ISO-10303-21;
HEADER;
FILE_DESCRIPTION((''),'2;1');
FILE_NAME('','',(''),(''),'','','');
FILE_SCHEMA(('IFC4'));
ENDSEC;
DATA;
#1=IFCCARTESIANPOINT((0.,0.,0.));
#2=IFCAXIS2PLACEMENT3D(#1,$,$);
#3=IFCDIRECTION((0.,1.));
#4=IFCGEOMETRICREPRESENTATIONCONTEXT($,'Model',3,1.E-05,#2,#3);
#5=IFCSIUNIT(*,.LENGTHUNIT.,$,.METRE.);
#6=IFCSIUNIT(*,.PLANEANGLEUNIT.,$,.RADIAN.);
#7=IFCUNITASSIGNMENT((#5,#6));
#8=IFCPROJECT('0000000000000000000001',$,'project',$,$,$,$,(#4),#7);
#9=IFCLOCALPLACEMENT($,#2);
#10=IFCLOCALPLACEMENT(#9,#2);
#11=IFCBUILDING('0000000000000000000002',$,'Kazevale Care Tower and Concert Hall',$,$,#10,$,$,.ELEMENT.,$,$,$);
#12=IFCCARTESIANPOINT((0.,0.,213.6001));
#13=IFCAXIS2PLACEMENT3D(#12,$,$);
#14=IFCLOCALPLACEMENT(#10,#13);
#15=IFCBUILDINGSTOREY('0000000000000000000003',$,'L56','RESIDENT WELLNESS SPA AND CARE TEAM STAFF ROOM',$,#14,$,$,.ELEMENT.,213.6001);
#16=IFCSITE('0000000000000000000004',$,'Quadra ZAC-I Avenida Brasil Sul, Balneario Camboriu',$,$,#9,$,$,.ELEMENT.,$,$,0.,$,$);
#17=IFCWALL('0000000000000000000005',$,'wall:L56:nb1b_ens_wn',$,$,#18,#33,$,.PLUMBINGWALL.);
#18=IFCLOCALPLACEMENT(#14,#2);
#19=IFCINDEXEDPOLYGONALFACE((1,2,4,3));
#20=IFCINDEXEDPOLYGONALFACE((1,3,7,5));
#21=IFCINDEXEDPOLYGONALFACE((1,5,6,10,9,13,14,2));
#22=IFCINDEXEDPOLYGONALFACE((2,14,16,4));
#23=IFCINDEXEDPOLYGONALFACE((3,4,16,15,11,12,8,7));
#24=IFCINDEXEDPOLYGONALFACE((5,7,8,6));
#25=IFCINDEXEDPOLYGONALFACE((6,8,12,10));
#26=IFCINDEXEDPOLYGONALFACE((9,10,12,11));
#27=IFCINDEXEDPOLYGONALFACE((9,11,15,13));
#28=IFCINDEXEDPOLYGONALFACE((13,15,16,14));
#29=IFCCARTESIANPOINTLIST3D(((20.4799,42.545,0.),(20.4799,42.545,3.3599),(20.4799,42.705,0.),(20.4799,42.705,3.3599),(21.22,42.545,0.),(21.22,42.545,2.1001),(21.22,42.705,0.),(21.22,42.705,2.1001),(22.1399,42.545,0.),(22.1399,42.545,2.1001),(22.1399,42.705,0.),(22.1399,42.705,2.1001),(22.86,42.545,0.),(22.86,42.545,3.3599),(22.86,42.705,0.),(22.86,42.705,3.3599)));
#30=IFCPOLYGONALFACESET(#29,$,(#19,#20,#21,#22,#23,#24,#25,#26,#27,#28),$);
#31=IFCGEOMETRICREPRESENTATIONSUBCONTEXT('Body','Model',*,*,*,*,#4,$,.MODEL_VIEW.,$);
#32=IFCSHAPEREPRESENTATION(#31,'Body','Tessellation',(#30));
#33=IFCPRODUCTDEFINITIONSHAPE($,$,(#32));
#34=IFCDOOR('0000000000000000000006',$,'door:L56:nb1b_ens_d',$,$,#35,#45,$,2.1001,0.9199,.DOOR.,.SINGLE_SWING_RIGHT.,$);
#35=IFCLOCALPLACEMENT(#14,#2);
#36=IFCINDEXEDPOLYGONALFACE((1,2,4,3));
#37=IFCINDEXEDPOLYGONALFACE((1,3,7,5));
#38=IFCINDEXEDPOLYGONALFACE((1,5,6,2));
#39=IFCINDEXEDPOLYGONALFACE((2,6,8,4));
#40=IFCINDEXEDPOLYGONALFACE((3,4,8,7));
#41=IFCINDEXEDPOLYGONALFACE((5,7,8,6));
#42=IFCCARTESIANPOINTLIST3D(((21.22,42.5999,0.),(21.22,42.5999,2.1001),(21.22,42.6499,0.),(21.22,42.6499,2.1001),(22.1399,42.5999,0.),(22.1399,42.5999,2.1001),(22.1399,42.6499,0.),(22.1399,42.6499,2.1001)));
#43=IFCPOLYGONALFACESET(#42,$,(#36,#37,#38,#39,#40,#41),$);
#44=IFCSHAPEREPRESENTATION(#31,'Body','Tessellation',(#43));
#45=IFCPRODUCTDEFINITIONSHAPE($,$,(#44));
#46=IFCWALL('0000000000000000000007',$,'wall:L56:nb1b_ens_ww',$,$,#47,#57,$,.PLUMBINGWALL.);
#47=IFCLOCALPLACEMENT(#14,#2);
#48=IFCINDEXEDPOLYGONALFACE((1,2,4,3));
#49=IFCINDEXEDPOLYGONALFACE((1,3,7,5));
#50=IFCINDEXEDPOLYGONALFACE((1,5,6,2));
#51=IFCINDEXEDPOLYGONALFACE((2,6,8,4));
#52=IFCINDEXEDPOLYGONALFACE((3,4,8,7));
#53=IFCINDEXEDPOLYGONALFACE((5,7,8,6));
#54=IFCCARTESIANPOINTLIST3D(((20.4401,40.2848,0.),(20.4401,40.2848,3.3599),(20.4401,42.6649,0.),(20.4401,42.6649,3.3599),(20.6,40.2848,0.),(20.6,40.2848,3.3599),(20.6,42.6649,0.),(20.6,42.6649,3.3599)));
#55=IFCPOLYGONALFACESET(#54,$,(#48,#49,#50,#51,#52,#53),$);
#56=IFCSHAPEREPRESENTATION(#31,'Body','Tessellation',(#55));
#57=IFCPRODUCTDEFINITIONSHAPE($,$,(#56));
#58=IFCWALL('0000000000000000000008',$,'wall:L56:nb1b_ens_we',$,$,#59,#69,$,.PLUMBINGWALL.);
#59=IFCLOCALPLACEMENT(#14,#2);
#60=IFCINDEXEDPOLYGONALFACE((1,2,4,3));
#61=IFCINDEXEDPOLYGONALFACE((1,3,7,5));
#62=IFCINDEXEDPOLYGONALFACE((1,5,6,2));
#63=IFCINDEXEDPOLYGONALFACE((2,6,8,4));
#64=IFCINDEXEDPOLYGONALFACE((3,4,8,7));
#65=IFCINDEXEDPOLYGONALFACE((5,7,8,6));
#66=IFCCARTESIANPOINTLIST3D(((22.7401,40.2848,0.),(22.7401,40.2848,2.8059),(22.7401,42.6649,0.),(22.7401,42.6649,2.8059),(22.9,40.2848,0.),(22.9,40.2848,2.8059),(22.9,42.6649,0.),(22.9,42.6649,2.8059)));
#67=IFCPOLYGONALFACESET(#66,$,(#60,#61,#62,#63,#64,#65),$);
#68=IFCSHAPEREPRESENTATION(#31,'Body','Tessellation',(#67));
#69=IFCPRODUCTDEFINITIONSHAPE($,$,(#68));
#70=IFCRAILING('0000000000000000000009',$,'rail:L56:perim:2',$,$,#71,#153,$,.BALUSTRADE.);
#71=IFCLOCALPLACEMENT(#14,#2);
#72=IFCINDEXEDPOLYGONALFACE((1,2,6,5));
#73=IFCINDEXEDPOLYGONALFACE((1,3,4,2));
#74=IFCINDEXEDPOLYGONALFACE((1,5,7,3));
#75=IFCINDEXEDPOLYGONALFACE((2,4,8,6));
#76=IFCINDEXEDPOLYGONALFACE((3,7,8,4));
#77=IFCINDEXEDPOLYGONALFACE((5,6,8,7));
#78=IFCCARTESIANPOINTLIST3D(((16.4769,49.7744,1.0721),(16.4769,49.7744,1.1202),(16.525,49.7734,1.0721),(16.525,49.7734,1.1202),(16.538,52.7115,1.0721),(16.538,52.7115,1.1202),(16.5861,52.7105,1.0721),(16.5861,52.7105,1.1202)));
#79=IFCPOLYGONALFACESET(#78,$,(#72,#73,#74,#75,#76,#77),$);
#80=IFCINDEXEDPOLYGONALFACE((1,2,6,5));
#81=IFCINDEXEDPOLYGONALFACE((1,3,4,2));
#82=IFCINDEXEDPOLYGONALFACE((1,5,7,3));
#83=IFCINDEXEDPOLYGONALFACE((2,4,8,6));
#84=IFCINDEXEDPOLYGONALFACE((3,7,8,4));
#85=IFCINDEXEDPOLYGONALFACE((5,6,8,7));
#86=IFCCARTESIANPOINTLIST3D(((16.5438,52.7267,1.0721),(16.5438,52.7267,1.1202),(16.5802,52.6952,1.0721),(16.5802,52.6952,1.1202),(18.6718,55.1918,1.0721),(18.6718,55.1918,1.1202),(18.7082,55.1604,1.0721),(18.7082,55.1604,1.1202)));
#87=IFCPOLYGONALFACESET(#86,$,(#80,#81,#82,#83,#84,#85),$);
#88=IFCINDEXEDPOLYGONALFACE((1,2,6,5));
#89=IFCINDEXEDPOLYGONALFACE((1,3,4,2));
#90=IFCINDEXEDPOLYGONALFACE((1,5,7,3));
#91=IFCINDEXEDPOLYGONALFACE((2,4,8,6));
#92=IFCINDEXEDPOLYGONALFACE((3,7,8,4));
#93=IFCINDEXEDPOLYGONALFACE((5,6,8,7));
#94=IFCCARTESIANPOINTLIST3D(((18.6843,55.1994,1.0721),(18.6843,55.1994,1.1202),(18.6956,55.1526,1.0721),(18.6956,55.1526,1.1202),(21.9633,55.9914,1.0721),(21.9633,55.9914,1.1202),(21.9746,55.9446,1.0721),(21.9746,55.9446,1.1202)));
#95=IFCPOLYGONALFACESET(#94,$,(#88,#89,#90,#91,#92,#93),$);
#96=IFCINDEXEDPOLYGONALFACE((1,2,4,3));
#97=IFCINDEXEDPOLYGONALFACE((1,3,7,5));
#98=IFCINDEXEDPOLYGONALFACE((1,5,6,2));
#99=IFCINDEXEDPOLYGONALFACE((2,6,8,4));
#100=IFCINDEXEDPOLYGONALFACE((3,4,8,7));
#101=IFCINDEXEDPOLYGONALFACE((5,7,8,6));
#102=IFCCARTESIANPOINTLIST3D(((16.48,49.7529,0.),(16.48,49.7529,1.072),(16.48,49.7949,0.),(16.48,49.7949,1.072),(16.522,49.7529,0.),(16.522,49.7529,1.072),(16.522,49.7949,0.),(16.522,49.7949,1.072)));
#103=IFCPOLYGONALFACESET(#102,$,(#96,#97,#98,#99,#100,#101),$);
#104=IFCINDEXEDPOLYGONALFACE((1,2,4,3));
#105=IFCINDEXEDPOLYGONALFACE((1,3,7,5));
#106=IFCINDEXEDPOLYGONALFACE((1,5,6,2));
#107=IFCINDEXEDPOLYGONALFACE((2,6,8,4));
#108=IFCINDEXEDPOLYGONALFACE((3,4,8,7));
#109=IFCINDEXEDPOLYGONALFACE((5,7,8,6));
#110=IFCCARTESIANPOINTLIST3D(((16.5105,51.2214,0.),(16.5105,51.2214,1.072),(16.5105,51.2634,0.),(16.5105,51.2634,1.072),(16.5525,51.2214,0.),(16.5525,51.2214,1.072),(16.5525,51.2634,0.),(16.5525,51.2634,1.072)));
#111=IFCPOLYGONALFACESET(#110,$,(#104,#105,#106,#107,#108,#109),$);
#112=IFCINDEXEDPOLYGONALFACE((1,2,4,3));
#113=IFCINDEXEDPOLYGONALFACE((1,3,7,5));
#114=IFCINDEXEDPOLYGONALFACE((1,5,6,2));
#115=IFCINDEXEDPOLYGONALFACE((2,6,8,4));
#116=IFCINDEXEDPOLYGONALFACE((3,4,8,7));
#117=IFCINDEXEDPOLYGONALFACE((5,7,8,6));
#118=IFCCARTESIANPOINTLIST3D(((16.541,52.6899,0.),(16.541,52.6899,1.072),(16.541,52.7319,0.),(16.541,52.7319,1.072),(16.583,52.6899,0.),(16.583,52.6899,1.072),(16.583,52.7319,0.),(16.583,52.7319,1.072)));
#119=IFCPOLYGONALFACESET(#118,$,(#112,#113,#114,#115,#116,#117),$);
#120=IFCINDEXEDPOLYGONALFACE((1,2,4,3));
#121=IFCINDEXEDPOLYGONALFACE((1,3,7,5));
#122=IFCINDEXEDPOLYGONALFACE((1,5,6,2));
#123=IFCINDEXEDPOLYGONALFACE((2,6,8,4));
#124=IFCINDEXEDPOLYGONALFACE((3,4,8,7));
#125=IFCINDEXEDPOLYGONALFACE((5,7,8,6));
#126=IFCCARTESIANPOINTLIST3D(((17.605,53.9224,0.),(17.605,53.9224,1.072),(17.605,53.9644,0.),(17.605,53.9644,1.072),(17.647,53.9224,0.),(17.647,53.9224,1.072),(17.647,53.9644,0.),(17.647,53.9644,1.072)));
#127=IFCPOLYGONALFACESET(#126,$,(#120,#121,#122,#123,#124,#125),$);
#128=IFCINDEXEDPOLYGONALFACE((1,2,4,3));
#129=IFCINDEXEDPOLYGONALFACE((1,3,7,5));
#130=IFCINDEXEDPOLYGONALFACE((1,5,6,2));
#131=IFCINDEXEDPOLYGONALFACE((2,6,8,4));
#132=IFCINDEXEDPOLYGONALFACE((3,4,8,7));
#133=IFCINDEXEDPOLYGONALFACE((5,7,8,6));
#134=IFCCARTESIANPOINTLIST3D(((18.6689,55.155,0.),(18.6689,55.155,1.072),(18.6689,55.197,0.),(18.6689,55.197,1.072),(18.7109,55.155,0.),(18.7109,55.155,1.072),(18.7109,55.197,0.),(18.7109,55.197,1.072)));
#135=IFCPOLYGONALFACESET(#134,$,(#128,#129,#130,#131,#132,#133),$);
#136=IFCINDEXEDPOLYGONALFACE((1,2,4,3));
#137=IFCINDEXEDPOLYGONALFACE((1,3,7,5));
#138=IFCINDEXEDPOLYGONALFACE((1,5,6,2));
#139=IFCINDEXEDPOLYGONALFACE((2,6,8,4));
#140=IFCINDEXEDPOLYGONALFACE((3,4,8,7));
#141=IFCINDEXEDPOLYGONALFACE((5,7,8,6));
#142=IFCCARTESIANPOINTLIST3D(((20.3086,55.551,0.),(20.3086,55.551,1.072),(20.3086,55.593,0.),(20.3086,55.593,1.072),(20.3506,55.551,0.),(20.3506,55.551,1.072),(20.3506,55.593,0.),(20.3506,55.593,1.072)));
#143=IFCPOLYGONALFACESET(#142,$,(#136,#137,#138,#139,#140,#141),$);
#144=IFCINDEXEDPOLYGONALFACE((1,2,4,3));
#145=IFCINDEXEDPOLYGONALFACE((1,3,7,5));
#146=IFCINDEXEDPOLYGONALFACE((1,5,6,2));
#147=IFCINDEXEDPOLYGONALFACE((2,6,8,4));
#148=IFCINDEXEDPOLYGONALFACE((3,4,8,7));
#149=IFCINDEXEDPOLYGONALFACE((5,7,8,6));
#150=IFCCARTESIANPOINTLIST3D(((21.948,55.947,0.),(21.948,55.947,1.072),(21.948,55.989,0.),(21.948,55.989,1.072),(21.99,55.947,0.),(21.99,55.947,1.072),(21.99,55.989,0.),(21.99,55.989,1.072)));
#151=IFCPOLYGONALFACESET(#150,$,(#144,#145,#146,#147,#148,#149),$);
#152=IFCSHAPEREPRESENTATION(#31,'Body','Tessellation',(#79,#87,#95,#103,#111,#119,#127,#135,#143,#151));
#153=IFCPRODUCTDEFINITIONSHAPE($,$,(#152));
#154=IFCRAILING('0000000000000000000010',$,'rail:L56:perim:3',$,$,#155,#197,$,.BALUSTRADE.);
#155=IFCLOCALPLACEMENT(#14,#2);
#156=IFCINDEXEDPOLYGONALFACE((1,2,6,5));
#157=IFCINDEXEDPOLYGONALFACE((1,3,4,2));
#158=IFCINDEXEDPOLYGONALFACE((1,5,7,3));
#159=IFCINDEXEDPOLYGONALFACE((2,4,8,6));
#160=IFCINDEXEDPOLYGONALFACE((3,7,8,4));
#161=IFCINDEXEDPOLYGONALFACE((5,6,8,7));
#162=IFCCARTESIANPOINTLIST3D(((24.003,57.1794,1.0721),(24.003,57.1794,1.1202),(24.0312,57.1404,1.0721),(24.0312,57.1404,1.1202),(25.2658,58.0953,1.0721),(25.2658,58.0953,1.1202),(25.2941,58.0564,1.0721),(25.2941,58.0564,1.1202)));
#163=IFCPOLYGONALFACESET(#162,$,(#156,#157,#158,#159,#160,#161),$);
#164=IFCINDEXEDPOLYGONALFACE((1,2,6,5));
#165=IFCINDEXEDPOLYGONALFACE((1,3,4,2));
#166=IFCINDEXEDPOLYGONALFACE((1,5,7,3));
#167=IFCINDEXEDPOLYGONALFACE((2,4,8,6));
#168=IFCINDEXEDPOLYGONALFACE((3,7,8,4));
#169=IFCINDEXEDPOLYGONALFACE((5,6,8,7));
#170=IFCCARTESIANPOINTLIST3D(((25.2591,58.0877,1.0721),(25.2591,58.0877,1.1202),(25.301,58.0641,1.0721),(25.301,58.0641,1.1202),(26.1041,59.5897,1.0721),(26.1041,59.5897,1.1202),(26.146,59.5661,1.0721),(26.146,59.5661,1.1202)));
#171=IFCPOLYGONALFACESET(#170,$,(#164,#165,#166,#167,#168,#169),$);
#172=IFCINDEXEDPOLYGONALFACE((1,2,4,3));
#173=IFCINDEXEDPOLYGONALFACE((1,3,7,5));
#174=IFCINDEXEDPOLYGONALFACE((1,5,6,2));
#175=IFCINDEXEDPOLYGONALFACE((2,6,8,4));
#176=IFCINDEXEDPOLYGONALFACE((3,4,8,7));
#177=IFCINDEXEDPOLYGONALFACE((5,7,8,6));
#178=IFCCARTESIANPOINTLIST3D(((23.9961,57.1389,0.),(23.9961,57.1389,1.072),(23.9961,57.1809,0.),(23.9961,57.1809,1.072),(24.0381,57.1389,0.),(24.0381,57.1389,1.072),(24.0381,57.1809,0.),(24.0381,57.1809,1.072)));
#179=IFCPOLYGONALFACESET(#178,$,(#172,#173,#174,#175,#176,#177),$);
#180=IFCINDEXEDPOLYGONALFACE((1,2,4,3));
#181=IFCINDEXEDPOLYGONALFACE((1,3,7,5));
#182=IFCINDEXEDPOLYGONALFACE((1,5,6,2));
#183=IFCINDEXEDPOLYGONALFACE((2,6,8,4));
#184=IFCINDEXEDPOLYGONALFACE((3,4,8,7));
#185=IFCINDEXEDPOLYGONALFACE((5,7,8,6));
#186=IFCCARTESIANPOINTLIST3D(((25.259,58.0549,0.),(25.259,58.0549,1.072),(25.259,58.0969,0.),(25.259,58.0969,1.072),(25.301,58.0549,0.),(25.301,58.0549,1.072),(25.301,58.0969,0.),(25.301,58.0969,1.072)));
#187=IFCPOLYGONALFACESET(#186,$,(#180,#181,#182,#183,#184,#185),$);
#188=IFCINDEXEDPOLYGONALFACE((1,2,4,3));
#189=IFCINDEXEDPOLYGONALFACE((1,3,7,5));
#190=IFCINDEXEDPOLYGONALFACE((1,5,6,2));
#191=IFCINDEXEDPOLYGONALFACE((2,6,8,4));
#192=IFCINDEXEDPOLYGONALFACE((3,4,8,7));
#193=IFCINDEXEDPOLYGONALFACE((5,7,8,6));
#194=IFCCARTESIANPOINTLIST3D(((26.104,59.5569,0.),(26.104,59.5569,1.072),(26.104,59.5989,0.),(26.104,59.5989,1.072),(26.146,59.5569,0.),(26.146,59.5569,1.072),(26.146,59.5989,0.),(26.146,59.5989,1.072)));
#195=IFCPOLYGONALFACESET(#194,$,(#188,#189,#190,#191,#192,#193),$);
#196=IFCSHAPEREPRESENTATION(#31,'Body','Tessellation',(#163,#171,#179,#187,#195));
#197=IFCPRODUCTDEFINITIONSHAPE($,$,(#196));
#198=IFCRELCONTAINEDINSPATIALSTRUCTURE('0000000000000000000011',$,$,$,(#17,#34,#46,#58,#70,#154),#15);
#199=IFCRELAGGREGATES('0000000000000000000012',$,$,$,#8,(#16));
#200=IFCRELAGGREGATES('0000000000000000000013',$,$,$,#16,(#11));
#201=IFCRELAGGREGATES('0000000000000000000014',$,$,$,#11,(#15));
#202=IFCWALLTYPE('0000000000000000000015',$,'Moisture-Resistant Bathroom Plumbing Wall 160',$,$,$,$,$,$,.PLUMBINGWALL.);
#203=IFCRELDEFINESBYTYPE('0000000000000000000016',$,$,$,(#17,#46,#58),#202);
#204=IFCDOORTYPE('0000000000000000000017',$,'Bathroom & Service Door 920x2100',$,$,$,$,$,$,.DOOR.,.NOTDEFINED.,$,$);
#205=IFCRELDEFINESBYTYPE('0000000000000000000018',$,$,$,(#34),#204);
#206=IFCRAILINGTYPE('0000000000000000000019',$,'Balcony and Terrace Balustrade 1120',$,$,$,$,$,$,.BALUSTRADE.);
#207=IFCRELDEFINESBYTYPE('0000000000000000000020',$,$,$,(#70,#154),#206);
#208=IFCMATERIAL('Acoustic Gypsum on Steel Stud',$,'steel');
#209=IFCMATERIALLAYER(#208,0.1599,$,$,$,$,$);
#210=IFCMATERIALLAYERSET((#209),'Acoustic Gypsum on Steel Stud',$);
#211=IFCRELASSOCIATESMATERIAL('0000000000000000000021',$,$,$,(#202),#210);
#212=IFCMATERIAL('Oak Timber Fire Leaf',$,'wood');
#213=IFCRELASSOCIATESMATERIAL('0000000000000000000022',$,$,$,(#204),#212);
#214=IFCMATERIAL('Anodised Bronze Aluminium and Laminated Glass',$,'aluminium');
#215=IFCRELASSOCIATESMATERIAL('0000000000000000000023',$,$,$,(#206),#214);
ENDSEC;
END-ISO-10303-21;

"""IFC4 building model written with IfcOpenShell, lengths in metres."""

from ifc_helpers import new_model, si_unit, direction, frame, frame_2d, origin, origin_2d, place, context, subcontext, project, spatial, rectangle, extrude, material, layer, layer_set, type_object, element, fill, save


model = new_model("IFC4")

# Units and contexts
model_context = context("Model", 3, precision=1e-05, world=origin(), true_north=direction((0.0, 1.0)))
body_context = subcontext(model_context, "Body", "Model", "MODEL_VIEW")
ifc_project = project(units=[si_unit("LENGTHUNIT", "METRE"), si_unit("PLANEANGLEUNIT", "RADIAN")], contexts=[model_context])

# Site, building, storey
site_placement = place(None, origin())
site = spatial("IfcSite", under=ifc_project, at=site_placement, Name="Quadra ZAC-I Avenida Brasil Sul, Balneario Camboriu", CompositionType="ELEMENT", RefElevation=0.0)
building_placement = place(site_placement, origin())
building = spatial("IfcBuilding", under=site, at=building_placement, Name="Kazevale Care Tower and Concert Hall", CompositionType="ELEMENT")
storey_placement = place(building_placement, frame((0.0, 0.0, 213.6001)))
storey = spatial("IfcBuildingStorey", under=building, at=storey_placement, Name="L56", Description="RESIDENT WELLNESS SPA AND CARE TEAM STAFF ROOM", CompositionType="ELEMENT", Elevation=213.6001)

# Shared definitions
ifc_material_1 = material(Name="Acoustic Gypsum on Steel Stud", Category="steel")
ifc_layer_1 = layer(ifc_material_1, 0.1599)
ifc_layer_set_1 = layer_set([ifc_layer_1], Name="Acoustic Gypsum on Steel Stud")
wall_type_1 = type_object("IfcWallType", Name="Moisture-Resistant Bathroom Plumbing Wall 160", PredefinedType="PLUMBINGWALL", material=ifc_layer_set_1)

# Wall, opening, door
wall_1_placement = place(storey_placement, frame((20.48, 42.625, 0.0), z_axis=(0.0, 0.0, 1.0), x_axis=(1.0, 0.0, 0.0)))
wall_1 = element("IfcWall", 1, at=wall_1_placement, inside=storey, type_object=wall_type_1, Name="wall:L56:nb1b_ens_wn", PredefinedType="PLUMBINGWALL", context=body_context, shape_type="SweptSolid", body=[
    extrude(rectangle(XDim=2.3801, YDim=0.1599, at=frame_2d((1.1899, 0.0))), origin(), (0.0, 0.0, 1.0), 3.3599),
])
opening_placement = place(wall_1_placement, frame((0.74, 0.0, 0.0)))
opening = element("IfcOpeningElement", 2, at=opening_placement, cuts=wall_1, PredefinedType="OPENING", context=body_context, shape_type="SweptSolid", body=[
    extrude(rectangle(XDim=0.9199, YDim=2.1001, at=frame_2d((0.46, 1.05))), frame((0.0, 0.0898, 0.0), z_axis=(0.0, -1.0, 0.0), x_axis=(1.0, 0.0, 0.0)), (0.0, 0.0, 1.0), 0.1799),
])
ifc_material_2 = material(Name="Oak Timber Fire Leaf", Category="wood")
door_type = type_object("IfcDoorType", Name="Bathroom & Service Door 920x2100", OperationType="NOTDEFINED", PredefinedType="DOOR", material=ifc_material_2)
door_placement = place(opening_placement, origin())
door = element("IfcDoor", 3, at=door_placement, inside=storey, type_object=door_type, Name="door:L56:nb1b_ens_d", OperationType="SINGLE_SWING_RIGHT", OverallHeight=2.1001, OverallWidth=0.9199, PredefinedType="DOOR", context=body_context, shape_type="SweptSolid", body=[
    extrude(rectangle(XDim=0.9199, YDim=2.1001, at=frame_2d((0.46, 1.05))), frame((0.0, 0.0249, 0.0), z_axis=(0.0, -1.0, 0.0), x_axis=(1.0, 0.0, 0.0)), (0.0, 0.0, 1.0), 0.05),
])
fill(opening, door)

# Walls
wall_2_placement = place(storey_placement, frame((20.52, 40.2849, 0.0), z_axis=(0.0, 0.0, 1.0), x_axis=(0.0, 1.0, 0.0)))
element("IfcWall", 4, at=wall_2_placement, inside=storey, type_object=wall_type_1, Name="wall:L56:nb1b_ens_ww", PredefinedType="PLUMBINGWALL", context=body_context, shape_type="SweptSolid", body=[
    extrude(rectangle(XDim=2.3801, YDim=0.1599, at=frame_2d((1.1899, 0.0))), origin(), (0.0, 0.0, 1.0), 3.3599),
])
wall_3_placement = place(storey_placement, frame((22.8201, 40.2849, 0.0), z_axis=(0.0, 0.0, 1.0), x_axis=(0.0, 1.0, 0.0)))
element("IfcWall", 5, at=wall_3_placement, inside=storey, type_object=wall_type_1, Name="wall:L56:nb1b_ens_we", PredefinedType="PLUMBINGWALL", context=body_context, shape_type="SweptSolid", body=[
    extrude(rectangle(XDim=2.3801, YDim=0.1599, at=frame_2d((1.1899, 0.0))), origin(), (0.0, 0.0, 1.0), 2.8059),
])

# Railings
ifc_material_3 = material(Name="Anodised Bronze Aluminium and Laminated Glass", Category="aluminium")
railing_type = type_object("IfcRailingType", Name="Balcony and Terrace Balustrade 1120", PredefinedType="BALUSTRADE", material=ifc_material_3)
railing_1_placement = place(storey_placement, frame((16.501, 49.7739, 0.0)))
element("IfcRailing", 6, at=railing_1_placement, inside=storey, type_object=railing_type, Name="rail:L56:perim:2", PredefinedType="BALUSTRADE", context=body_context, shape_type="SweptSolid", body=[
    extrude(rectangle(XDim=0.0481, YDim=0.0481, at=origin_2d()), frame((0.0, 0.0, 1.0962), z_axis=(0.020777, 0.999784, 0.0), x_axis=(-0.999784, 0.020777, 0.0)), (0.0, 0.0, 1.0), 2.9377),
    extrude(rectangle(XDim=0.0481, YDim=0.0481, at=origin_2d()), frame((0.061, 2.937, 1.0962), z_axis=(0.653442, 0.756976, 0.0), x_axis=(-0.756976, 0.653442, 0.0)), (0.0, 0.0, 1.0), 3.2566),
    extrude(rectangle(XDim=0.0481, YDim=0.0481, at=origin_2d()), frame((2.189, 5.4021, 1.0962), z_axis=(0.972049, 0.23478, 0.0), x_axis=(-0.23478, 0.972049, 0.0)), (0.0, 0.0, 1.0), 3.3733),
    extrude(rectangle(XDim=0.042, YDim=0.042, at=origin_2d()), origin(), (0.0, 0.0, 1.0), 1.072),
    extrude(rectangle(XDim=0.042, YDim=0.042, at=origin_2d()), frame((0.0305, 1.4685, 0.0)), (0.0, 0.0, 1.0), 1.072),
    extrude(rectangle(XDim=0.042, YDim=0.042, at=origin_2d()), frame((0.061, 2.937, 0.0)), (0.0, 0.0, 1.0), 1.072),
    extrude(rectangle(XDim=0.042, YDim=0.042, at=origin_2d()), frame((1.125, 4.1694, 0.0)), (0.0, 0.0, 1.0), 1.072),
    extrude(rectangle(XDim=0.042, YDim=0.042, at=origin_2d()), frame((2.189, 5.4021, 0.0)), (0.0, 0.0, 1.0), 1.072),
    extrude(rectangle(XDim=0.042, YDim=0.042, at=origin_2d()), frame((3.8286, 5.7981, 0.0)), (0.0, 0.0, 1.0), 1.072),
    extrude(rectangle(XDim=0.042, YDim=0.042, at=origin_2d()), frame((5.468, 6.1941, 0.0)), (0.0, 0.0, 1.0), 1.072),
])
railing_2_placement = place(storey_placement, frame((24.0171, 57.1599, 0.0)))
element("IfcRailing", 7, at=railing_2_placement, inside=storey, type_object=railing_type, Name="rail:L56:perim:3", PredefinedType="BALUSTRADE", context=body_context, shape_type="SweptSolid", body=[
    extrude(rectangle(XDim=0.0481, YDim=0.0481, at=origin_2d()), frame((0.0, 0.0, 1.0962), z_axis=(0.809493, 0.587129, 0.0), x_axis=(-0.587129, 0.809493, 0.0)), (0.0, 0.0, 1.0), 1.5601),
    extrude(rectangle(XDim=0.0481, YDim=0.0481, at=origin_2d()), frame((1.2629, 0.916, 1.0962), z_axis=(0.490315, 0.871545, 0.0), x_axis=(-0.871545, 0.490315, 0.0)), (0.0, 0.0, 1.0), 1.7234),
    extrude(rectangle(XDim=0.042, YDim=0.042, at=origin_2d()), origin(), (0.0, 0.0, 1.0), 1.072),
    extrude(rectangle(XDim=0.042, YDim=0.042, at=origin_2d()), frame((1.2629, 0.916, 0.0)), (0.0, 0.0, 1.0), 1.072),
    extrude(rectangle(XDim=0.042, YDim=0.042, at=origin_2d()), frame((2.1079, 2.418, 0.0)), (0.0, 0.0, 1.0), 1.072),
])

save(model, "model.ifc")
